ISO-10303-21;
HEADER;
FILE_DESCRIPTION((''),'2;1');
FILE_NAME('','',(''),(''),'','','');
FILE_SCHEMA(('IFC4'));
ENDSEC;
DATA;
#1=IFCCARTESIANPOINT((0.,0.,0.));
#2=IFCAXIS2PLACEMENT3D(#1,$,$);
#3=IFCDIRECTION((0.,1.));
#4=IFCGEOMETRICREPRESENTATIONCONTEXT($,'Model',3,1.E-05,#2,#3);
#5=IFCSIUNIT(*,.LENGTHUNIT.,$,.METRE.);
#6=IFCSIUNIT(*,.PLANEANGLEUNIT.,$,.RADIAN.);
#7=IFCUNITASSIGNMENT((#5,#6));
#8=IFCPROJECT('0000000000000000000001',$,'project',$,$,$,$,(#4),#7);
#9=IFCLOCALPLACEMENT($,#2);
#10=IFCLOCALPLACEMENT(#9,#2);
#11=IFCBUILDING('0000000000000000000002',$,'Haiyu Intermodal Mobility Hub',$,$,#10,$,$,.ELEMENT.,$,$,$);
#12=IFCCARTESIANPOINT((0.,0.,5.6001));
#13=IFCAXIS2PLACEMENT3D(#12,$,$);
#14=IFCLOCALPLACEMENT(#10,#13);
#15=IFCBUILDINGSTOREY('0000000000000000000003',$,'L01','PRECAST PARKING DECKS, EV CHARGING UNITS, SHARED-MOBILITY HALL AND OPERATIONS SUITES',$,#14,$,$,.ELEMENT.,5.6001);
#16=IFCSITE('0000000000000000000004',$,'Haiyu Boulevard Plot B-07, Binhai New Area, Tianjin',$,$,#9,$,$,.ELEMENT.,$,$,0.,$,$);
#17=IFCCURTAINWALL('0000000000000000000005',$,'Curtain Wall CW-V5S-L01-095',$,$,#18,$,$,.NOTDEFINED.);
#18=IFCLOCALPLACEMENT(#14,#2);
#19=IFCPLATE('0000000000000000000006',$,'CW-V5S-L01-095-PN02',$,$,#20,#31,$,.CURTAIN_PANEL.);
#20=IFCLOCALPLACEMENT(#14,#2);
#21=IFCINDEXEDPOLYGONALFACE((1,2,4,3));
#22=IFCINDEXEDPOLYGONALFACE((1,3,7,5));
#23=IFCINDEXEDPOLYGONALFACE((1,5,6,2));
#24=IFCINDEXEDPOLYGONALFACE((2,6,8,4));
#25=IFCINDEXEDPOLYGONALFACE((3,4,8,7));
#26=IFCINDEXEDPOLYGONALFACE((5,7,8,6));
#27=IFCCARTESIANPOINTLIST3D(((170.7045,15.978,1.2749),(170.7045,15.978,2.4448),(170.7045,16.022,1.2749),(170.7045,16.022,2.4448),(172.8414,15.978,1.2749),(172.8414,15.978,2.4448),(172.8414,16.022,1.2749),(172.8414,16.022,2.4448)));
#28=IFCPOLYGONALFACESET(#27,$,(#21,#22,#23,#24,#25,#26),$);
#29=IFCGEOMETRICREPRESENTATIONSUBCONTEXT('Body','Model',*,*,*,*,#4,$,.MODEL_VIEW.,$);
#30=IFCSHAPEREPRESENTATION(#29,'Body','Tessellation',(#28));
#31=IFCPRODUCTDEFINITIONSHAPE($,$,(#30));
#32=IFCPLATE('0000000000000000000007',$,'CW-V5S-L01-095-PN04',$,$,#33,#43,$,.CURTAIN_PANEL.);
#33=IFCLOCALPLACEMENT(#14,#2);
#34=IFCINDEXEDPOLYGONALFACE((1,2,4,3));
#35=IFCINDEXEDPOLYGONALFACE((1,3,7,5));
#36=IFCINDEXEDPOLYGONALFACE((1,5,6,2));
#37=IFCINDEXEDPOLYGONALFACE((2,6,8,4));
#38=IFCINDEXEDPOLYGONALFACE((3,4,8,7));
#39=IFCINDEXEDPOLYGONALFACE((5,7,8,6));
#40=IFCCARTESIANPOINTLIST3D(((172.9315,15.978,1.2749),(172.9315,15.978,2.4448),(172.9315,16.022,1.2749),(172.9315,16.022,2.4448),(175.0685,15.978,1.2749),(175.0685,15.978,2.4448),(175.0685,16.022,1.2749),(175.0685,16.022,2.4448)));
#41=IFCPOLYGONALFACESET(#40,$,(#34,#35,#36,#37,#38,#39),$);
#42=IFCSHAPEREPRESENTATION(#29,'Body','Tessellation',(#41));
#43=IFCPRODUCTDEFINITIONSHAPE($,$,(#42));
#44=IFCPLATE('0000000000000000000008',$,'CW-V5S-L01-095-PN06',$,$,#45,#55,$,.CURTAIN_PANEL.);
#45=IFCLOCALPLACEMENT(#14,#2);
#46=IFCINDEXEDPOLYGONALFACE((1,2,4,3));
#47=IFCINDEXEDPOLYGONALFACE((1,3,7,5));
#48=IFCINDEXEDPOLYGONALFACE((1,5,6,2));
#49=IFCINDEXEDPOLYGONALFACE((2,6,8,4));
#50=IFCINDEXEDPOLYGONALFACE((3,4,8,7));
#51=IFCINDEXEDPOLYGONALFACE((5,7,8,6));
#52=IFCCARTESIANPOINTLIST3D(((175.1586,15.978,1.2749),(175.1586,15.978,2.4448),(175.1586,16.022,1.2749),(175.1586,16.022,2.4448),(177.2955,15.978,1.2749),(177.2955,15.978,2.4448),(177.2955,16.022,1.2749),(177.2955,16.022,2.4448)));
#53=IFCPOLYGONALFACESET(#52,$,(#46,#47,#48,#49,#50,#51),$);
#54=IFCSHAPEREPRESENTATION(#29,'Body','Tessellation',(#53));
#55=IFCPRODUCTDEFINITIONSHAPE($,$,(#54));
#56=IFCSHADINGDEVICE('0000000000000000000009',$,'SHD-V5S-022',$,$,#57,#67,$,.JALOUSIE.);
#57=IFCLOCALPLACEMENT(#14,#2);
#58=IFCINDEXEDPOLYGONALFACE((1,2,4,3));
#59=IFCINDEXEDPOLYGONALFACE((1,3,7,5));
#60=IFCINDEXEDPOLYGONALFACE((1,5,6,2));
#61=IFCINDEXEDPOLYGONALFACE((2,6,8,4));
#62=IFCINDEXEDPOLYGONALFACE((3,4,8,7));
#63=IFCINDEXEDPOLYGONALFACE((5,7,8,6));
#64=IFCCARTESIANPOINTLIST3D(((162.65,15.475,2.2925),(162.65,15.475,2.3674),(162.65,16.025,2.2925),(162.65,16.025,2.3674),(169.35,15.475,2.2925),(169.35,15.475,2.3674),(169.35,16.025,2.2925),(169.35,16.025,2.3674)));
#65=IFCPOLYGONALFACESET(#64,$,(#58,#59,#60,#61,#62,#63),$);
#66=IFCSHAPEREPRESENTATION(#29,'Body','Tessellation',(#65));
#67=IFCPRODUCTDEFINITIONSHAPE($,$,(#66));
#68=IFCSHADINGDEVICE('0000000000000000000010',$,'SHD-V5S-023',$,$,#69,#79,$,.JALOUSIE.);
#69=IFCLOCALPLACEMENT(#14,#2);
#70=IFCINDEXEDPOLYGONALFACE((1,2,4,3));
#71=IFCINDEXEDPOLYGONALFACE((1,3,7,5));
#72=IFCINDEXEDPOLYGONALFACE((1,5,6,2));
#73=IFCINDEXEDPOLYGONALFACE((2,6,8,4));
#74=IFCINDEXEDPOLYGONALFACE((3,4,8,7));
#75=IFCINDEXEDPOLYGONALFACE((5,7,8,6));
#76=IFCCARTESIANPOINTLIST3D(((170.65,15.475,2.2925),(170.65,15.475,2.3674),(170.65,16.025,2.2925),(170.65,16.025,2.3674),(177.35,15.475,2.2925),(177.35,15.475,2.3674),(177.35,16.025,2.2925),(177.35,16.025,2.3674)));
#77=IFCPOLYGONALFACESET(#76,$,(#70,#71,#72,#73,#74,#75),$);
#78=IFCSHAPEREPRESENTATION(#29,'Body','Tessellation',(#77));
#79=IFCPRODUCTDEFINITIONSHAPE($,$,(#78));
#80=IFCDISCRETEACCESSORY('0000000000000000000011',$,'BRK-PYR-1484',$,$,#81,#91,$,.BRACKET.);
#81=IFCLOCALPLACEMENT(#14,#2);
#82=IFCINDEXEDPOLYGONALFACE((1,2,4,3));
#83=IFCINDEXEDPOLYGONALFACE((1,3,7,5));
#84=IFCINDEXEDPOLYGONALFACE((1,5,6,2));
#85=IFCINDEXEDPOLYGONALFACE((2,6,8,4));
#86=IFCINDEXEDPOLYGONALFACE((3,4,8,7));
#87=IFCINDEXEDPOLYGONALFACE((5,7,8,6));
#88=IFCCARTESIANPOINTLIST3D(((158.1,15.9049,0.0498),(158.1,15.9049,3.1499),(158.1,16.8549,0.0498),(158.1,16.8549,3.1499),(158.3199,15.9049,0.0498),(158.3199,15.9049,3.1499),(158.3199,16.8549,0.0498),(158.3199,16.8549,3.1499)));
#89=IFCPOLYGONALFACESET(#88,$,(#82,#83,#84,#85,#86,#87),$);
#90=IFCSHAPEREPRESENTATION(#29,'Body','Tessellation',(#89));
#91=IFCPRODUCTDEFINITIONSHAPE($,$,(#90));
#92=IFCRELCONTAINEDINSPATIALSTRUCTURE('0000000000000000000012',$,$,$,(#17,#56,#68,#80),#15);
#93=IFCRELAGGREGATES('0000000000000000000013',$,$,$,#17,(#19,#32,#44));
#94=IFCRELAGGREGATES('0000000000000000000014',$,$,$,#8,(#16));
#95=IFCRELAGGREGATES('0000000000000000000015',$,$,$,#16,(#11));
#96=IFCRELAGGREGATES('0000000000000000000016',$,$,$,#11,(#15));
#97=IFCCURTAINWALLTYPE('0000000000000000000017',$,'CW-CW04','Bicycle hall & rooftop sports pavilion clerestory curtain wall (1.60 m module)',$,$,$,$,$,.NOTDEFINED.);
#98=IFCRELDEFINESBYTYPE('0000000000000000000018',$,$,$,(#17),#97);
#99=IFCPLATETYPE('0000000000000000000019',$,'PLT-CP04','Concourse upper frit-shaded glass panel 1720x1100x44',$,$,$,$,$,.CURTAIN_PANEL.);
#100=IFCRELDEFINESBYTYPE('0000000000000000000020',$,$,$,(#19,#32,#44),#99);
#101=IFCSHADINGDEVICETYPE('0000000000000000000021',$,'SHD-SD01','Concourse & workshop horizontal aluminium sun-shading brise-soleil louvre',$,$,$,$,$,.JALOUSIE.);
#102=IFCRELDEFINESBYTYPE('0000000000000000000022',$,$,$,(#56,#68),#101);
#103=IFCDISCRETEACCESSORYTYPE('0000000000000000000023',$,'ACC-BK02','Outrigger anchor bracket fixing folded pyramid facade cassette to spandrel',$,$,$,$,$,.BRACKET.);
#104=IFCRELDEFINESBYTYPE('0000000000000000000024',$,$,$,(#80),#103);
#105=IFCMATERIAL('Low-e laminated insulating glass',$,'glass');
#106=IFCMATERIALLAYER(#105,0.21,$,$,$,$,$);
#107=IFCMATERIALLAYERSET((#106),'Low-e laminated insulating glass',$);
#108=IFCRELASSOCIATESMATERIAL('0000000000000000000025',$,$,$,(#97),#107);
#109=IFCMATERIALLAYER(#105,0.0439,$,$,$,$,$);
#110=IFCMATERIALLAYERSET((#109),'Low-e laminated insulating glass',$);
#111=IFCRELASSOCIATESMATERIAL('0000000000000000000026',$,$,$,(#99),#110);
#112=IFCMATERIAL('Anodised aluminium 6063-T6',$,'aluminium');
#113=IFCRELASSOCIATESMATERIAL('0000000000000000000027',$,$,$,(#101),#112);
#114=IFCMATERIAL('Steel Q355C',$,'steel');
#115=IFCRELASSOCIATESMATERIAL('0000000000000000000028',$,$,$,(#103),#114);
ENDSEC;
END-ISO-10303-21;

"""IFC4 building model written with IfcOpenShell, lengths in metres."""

from ifc_helpers import new_model, si_unit, direction, frame, origin, origin_2d, place, context, subcontext, project, spatial, rectangle, extrude, material, layer, layer_set, material_profile, profile_set, type_object, element, aggregate, save


model = new_model("IFC4")

# Units and contexts
model_context = context("Model", 3, precision=1e-05, world=origin(), true_north=direction((0.0, 1.0)))
body_context = subcontext(model_context, "Body", "Model", "MODEL_VIEW")
ifc_project = project(units=[si_unit("LENGTHUNIT", "METRE"), si_unit("PLANEANGLEUNIT", "RADIAN")], contexts=[model_context])

# Site, building, storey
site_placement = place(None, origin())
site = spatial("IfcSite", under=ifc_project, at=site_placement, Name="Haiyu Boulevard Plot B-07, Binhai New Area, Tianjin", CompositionType="ELEMENT", RefElevation=0.0)
building_placement = place(site_placement, origin())
building = spatial("IfcBuilding", under=site, at=building_placement, Name="Haiyu Intermodal Mobility Hub", CompositionType="ELEMENT")
storey_placement = place(building_placement, frame((0.0, 0.0, 5.6001)))
storey = spatial("IfcBuildingStorey", under=building, at=storey_placement, Name="L01", Description="PRECAST PARKING DECKS, EV CHARGING UNITS, SHARED-MOBILITY HALL AND OPERATIONS SUITES", CompositionType="ELEMENT", Elevation=5.6001)

# Curtain wall
ifc_material_1 = material(Name="Low-e laminated insulating glass", Category="glass")
ifc_layer_1 = layer(ifc_material_1, 0.21)
ifc_layer_set_1 = layer_set([ifc_layer_1], Name="Low-e laminated insulating glass")
curtain_wall_type = type_object("IfcCurtainWallType", Name="CW-CW04", Description="Bicycle hall & rooftop sports pavilion clerestory curtain wall (1.60 m module)", PredefinedType="NOTDEFINED", material=ifc_layer_set_1)
ifc_material_2 = material(Name="Anodised aluminium 6063-T6", Category="aluminium")
curtain_wall_1_placement = place(storey_placement, origin())
curtain_wall_1 = element("IfcCurtainWall", 1, at=curtain_wall_1_placement, inside=storey, type_object=curtain_wall_type, Name="Curtain Wall CW-V5S-L01-095", PredefinedType="NOTDEFINED")

# Plates
ifc_layer_2 = layer(ifc_material_1, 0.0439)
ifc_layer_set_2 = layer_set([ifc_layer_2], Name="Low-e laminated insulating glass")
plate_type_1 = type_object("IfcPlateType", Name="PLT-CP04", Description="Concourse upper frit-shaded glass panel 1720x1100x44", PredefinedType="CURTAIN_PANEL", material=ifc_layer_set_2)
plate_1_placement = place(storey_placement, frame((171.7729, 16.0, 1.2749), z_axis=(0.0, 0.0, 1.0), x_axis=(1.0, 0.0, 0.0)))
plate_1 = element("IfcPlate", 2, at=plate_1_placement, type_object=plate_type_1, Name="CW-V5S-L01-095-PN02", PredefinedType="CURTAIN_PANEL", context=body_context, shape_type="SweptSolid", body=[
    extrude(rectangle(XDim=2.137, YDim=0.0439, at=origin_2d()), origin(), (0.0, 0.0, 1.0), 1.1699),
])
plate_2_placement = place(storey_placement, frame((174.0, 16.0, 1.2749), z_axis=(0.0, 0.0, 1.0), x_axis=(1.0, 0.0, 0.0)))
plate_2 = element("IfcPlate", 3, at=plate_2_placement, type_object=plate_type_1, Name="CW-V5S-L01-095-PN04", PredefinedType="CURTAIN_PANEL", context=body_context, shape_type="SweptSolid", body=[
    extrude(rectangle(XDim=2.137, YDim=0.0439, at=origin_2d()), origin(), (0.0, 0.0, 1.0), 1.1699),
])
plate_3_placement = place(storey_placement, frame((176.2271, 16.0, 1.2749), z_axis=(0.0, 0.0, 1.0), x_axis=(1.0, 0.0, 0.0)))
plate_3 = element("IfcPlate", 4, at=plate_3_placement, type_object=plate_type_1, Name="CW-V5S-L01-095-PN06", PredefinedType="CURTAIN_PANEL", context=body_context, shape_type="SweptSolid", body=[
    extrude(rectangle(XDim=2.137, YDim=0.0439, at=origin_2d()), origin(), (0.0, 0.0, 1.0), 1.1699),
])
aggregate(curtain_wall_1, [plate_1, plate_2, plate_3])

# Shading devices
ifc_material_profile_1 = material_profile(ifc_material_2, rectangle(XDim=0.0801, YDim=0.45, at=origin_2d()), Name="FIN80x450")
ifc_profile_set_1 = profile_set([ifc_material_profile_1], Name="Anodised aluminium 6063-T6")
shading_device_type = type_object("IfcShadingDeviceType", Name="SHD-SD01", Description="Concourse & workshop horizontal aluminium sun-shading brise-soleil louvre", PredefinedType="JALOUSIE", material=ifc_profile_set_1)
for number, where, z_axis, x_axis, name in (
    (5, (166.0, 15.75, 2.2925), (0.0, 0.0, 1.0), (1.0, 0.0, 0.0), "SHD-V5S-022"),
    (6, (174.0, 15.75, 2.2925), (0.0, 0.0, 1.0), (1.0, 0.0, 0.0), "SHD-V5S-023"),
):
    element("IfcShadingDevice", number, at=place(storey_placement, frame(where, z_axis=z_axis, x_axis=x_axis)), inside=storey, type_object=shading_device_type, Name=name, PredefinedType="JALOUSIE", context=body_context, shape_type="SweptSolid", body=[
        extrude(rectangle(XDim=6.7, YDim=0.55, at=origin_2d()), origin(), (0.0, 0.0, 1.0), 0.075),
    ])

# Discrete accessory
ifc_material_3 = material(Name="Steel Q355C", Category="steel")
discrete_accessory_type = type_object("IfcDiscreteAccessoryType", Name="ACC-BK02", Description="Outrigger anchor bracket fixing folded pyramid facade cassette to spandrel", PredefinedType="BRACKET", material=ifc_material_3)
discrete_accessory_placement = place(storey_placement, frame((158.21, 16.3799, 0.0498), z_axis=(0.0, 0.0, 1.0), x_axis=(1.0, 0.0, 0.0)))
element("IfcDiscreteAccessory", 7, at=discrete_accessory_placement, inside=storey, type_object=discrete_accessory_type, Name="BRK-PYR-1484", PredefinedType="BRACKET", context=body_context, shape_type="SweptSolid", body=[
    extrude(rectangle(XDim=0.22, YDim=0.95, at=origin_2d()), origin(), (0.0, 0.0, 1.0), 3.1001),
])

save(model, "model.ifc")
